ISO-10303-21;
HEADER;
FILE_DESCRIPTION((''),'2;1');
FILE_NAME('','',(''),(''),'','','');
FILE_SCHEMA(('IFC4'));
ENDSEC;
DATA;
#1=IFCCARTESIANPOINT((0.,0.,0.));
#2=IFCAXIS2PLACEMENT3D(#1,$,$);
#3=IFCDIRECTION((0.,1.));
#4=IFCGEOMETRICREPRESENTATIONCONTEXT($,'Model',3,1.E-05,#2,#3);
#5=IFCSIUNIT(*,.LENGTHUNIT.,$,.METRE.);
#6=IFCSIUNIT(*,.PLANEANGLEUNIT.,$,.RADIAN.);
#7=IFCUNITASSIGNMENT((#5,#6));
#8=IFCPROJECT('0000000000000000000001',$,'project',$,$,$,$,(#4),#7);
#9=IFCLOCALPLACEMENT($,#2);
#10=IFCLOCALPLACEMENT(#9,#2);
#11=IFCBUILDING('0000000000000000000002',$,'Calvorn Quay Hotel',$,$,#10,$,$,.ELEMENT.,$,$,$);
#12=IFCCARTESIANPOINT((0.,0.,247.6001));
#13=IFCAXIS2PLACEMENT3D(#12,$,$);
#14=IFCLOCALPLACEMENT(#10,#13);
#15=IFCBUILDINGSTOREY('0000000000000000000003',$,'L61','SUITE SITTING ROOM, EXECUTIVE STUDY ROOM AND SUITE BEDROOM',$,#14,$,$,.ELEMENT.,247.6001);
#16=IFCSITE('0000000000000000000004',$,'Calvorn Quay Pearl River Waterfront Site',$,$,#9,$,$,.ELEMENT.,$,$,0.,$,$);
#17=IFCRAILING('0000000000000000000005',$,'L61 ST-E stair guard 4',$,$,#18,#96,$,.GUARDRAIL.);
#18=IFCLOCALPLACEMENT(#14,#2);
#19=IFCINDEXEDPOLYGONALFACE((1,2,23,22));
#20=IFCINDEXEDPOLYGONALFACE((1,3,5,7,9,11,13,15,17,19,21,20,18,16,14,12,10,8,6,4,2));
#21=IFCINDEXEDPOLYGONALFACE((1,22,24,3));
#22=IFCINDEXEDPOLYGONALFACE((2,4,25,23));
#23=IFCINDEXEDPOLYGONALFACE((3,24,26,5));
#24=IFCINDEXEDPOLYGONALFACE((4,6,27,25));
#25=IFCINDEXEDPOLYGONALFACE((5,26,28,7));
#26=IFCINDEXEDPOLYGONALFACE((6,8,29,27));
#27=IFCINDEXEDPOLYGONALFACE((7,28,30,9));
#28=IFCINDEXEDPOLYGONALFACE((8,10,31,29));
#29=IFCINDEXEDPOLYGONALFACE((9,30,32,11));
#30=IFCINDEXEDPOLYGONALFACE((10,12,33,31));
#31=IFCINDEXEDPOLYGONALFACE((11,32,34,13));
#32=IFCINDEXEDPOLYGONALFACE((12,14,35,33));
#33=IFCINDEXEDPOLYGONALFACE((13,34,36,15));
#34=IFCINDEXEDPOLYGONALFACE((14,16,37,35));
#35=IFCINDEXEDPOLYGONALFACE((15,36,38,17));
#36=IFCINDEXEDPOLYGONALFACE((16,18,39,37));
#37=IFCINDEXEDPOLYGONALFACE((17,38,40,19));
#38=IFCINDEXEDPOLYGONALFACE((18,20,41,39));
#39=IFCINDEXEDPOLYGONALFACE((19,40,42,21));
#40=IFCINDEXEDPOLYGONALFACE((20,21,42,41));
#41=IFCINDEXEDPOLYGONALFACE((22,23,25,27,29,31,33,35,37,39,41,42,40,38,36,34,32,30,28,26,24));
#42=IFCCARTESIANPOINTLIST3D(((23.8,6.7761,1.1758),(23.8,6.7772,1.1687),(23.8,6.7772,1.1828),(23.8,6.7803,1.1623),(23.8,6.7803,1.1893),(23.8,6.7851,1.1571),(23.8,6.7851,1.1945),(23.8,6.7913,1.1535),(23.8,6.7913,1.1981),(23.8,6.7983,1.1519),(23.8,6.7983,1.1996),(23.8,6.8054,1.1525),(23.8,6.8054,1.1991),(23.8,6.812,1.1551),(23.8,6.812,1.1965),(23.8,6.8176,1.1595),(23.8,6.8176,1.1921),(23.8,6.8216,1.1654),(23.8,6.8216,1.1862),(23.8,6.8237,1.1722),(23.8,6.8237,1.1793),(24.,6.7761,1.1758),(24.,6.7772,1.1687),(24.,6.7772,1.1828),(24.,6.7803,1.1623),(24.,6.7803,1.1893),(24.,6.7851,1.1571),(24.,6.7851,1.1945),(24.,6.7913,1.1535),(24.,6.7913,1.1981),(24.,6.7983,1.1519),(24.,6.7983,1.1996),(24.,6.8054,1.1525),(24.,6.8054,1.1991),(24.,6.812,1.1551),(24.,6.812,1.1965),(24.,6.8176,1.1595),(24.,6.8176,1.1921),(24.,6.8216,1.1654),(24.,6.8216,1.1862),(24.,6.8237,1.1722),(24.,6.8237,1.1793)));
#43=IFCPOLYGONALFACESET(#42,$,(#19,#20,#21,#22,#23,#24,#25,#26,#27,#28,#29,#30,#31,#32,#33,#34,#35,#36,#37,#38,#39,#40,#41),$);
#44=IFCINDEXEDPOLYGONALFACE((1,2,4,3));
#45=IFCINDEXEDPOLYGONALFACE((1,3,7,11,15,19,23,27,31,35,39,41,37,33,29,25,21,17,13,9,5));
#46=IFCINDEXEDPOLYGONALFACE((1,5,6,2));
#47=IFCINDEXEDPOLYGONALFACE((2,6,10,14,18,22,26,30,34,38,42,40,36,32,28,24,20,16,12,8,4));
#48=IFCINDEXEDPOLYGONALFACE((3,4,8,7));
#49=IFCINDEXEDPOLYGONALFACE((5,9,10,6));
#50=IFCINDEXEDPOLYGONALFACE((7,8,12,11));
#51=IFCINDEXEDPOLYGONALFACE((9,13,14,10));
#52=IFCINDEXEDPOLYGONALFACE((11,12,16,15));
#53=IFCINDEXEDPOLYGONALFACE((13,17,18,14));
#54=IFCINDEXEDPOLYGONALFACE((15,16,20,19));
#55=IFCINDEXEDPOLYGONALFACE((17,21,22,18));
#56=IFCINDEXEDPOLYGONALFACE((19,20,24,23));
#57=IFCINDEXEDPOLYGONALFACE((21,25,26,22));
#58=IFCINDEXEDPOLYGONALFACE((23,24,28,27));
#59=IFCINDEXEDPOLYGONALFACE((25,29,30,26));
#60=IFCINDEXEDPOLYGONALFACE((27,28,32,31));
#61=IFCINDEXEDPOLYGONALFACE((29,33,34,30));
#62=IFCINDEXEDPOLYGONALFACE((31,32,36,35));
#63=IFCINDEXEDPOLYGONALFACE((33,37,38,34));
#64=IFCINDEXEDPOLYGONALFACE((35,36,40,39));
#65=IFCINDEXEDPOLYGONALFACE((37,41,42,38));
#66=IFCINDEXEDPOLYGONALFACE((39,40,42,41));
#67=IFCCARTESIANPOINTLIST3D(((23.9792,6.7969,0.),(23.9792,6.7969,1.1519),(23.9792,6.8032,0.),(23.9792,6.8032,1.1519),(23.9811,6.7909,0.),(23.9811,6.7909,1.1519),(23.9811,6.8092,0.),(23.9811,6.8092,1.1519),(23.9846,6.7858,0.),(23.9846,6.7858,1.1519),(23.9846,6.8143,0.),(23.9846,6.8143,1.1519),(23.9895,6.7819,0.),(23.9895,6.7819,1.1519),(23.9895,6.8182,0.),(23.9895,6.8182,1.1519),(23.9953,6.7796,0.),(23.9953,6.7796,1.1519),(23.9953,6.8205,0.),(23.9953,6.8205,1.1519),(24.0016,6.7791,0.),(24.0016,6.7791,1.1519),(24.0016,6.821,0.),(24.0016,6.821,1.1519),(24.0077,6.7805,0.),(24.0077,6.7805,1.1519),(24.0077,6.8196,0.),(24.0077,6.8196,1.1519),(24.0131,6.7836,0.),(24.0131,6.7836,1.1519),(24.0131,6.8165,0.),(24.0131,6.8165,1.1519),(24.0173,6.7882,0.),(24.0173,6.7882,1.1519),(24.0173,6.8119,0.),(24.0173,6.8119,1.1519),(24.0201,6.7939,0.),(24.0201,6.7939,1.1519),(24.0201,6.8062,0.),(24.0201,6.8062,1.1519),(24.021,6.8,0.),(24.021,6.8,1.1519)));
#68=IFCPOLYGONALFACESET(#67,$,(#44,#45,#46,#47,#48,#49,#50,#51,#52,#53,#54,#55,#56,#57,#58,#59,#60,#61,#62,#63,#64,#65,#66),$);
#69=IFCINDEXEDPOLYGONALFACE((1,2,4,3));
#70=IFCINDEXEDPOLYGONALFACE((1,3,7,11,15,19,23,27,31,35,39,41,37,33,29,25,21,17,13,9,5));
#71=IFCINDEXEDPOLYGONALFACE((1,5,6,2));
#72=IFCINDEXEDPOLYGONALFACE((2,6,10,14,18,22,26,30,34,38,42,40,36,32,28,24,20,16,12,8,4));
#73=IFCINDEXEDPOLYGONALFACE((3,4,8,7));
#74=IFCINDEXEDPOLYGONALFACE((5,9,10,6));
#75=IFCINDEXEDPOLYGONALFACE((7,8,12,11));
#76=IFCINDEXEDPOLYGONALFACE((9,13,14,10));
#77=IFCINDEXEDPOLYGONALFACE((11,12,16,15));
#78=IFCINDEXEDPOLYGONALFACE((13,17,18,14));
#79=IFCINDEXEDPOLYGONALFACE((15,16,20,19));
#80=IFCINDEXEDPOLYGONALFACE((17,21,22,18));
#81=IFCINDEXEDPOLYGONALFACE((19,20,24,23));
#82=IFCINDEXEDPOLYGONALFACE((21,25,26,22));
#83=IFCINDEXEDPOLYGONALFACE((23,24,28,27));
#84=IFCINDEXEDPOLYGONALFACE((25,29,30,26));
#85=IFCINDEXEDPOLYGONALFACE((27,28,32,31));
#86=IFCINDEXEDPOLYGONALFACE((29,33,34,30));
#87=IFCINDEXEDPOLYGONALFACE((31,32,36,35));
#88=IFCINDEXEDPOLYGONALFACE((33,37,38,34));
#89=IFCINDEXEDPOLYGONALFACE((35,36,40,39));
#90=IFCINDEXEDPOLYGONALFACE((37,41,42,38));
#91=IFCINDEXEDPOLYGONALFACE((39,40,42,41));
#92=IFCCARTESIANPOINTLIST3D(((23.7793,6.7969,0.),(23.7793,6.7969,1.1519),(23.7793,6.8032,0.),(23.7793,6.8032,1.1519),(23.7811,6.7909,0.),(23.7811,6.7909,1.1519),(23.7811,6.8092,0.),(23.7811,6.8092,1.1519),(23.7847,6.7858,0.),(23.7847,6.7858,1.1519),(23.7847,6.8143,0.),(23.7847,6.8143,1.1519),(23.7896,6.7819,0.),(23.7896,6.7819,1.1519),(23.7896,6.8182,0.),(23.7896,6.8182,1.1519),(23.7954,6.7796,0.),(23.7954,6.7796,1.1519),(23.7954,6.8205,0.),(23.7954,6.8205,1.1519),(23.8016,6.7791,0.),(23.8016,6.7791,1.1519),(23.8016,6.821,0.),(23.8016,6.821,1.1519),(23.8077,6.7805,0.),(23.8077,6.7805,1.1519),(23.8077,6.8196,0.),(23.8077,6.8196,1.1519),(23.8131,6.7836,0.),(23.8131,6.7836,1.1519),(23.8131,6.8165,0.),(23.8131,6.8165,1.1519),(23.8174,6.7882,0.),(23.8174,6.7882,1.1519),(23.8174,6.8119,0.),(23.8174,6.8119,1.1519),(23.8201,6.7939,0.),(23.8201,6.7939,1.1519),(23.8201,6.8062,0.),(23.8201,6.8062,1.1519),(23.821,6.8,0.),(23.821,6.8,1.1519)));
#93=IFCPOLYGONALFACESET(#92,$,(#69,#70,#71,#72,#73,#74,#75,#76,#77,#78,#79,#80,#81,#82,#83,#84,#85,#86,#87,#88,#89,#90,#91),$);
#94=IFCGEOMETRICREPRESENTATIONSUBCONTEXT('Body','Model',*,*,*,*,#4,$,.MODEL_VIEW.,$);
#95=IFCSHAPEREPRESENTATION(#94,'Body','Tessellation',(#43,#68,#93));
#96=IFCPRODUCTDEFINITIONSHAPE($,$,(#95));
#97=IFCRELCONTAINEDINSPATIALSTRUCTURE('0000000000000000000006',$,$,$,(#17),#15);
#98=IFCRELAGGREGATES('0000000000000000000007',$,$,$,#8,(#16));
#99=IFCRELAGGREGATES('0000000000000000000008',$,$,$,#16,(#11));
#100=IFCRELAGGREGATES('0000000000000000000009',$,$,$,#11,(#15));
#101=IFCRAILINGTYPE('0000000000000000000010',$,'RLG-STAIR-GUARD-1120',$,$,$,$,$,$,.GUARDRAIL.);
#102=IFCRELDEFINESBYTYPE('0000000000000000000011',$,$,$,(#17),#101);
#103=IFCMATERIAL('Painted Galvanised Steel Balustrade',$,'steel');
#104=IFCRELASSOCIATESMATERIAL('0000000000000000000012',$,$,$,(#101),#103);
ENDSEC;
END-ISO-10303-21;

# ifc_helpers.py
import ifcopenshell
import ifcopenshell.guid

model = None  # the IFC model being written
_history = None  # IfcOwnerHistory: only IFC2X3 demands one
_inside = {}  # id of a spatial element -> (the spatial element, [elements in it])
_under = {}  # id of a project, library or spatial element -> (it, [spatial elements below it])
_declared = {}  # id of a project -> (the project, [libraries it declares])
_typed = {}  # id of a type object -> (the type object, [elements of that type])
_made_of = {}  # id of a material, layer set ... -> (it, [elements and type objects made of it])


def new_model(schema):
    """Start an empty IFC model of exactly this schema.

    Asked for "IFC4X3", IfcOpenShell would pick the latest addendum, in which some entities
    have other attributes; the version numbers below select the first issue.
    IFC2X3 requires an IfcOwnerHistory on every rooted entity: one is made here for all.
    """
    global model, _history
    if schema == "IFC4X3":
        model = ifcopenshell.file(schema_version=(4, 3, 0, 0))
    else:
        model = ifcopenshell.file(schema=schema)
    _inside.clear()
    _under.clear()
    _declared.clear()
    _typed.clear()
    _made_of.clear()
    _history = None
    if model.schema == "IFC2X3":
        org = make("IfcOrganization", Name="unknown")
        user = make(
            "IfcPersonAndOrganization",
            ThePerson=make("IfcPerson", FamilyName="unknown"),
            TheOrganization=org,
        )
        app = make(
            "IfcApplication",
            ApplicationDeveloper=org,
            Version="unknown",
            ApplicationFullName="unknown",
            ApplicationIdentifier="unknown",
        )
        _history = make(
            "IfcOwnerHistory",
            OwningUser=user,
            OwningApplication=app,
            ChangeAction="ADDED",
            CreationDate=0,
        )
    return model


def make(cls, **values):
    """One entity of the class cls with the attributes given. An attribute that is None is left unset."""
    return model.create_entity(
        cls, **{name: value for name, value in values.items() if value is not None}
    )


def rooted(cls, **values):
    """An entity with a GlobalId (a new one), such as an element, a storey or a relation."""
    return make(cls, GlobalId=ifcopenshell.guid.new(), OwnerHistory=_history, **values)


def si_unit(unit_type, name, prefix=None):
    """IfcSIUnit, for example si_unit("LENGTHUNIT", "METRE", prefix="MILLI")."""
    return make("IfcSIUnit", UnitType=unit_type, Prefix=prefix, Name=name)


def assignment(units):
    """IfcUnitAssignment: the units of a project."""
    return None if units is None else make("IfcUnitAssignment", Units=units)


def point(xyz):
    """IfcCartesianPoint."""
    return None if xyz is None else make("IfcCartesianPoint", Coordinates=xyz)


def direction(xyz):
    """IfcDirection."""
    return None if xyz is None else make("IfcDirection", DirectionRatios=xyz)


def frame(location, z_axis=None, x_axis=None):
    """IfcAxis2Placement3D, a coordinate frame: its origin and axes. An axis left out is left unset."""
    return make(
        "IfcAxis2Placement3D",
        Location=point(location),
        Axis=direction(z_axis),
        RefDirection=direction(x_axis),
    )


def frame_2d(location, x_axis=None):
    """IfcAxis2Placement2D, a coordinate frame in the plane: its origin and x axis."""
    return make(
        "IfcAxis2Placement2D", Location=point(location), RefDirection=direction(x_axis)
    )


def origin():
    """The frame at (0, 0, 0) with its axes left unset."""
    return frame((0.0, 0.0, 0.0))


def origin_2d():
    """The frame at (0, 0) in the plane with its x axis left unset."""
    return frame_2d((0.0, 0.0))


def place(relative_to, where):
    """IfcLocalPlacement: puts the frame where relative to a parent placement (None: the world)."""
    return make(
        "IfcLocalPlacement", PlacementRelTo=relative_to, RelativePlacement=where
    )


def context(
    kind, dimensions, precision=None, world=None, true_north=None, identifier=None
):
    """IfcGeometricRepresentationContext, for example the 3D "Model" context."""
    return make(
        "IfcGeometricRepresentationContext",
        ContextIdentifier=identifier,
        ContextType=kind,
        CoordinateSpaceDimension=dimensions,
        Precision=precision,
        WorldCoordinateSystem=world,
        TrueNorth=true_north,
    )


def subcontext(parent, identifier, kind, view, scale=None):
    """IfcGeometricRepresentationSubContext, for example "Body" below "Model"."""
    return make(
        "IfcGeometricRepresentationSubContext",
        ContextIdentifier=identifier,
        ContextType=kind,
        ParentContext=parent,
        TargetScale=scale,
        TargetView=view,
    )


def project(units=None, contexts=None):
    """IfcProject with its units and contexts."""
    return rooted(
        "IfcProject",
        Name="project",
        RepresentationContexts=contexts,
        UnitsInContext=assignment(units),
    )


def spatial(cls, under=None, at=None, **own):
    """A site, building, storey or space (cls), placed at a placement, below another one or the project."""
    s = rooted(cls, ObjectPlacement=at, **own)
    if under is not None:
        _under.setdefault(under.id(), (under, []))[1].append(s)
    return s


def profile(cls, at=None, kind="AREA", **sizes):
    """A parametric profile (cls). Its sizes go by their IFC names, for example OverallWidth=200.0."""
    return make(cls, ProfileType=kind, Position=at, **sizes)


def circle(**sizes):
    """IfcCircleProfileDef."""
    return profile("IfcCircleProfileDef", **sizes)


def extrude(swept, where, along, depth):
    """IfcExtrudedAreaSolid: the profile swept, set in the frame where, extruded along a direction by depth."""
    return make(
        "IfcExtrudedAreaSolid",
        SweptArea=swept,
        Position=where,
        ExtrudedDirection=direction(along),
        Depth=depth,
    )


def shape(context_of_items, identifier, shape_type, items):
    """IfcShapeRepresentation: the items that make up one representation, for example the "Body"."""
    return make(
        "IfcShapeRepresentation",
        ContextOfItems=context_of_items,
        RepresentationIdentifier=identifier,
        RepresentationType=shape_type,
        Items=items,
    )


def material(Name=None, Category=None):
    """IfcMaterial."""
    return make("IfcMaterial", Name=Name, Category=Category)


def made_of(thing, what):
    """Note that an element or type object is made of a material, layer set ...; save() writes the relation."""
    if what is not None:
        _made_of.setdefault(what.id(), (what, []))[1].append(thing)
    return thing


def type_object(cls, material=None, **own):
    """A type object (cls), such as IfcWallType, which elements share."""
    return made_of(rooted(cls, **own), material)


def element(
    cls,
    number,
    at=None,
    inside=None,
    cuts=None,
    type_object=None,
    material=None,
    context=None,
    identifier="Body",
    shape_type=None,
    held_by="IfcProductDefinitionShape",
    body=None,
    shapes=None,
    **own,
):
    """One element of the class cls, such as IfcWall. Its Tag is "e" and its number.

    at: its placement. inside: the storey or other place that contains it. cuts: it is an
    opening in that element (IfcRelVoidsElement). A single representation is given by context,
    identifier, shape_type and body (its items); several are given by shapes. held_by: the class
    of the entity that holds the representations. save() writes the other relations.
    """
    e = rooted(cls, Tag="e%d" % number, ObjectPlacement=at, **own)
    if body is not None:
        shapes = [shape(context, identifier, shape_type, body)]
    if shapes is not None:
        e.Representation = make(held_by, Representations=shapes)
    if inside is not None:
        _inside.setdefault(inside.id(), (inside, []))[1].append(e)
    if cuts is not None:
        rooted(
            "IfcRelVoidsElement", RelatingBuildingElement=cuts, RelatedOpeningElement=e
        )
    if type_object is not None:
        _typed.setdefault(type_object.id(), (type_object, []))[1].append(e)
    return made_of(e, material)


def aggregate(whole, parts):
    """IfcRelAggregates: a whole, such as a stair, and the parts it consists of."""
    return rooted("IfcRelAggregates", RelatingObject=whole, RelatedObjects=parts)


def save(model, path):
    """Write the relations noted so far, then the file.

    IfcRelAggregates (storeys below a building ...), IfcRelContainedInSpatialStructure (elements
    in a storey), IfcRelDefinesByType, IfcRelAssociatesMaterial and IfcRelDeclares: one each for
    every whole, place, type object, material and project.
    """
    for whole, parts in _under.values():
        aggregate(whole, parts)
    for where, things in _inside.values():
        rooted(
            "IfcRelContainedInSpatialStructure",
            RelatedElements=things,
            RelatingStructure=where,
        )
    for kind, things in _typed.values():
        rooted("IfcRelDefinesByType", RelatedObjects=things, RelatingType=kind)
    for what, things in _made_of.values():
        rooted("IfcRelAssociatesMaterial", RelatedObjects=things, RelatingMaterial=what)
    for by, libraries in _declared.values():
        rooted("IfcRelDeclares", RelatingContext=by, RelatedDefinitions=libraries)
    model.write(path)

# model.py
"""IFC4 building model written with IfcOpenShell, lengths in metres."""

from ifc_helpers import new_model, si_unit, direction, frame, origin, origin_2d, place, context, subcontext, project, spatial, circle, extrude, material, type_object, element, save


model = new_model("IFC4")

# Units and contexts
model_context = context("Model", 3, precision=1e-05, world=origin(), true_north=direction((0.0, 1.0)))
body_context = subcontext(model_context, "Body", "Model", "MODEL_VIEW")
ifc_project = project(units=[si_unit("LENGTHUNIT", "METRE"), si_unit("PLANEANGLEUNIT", "RADIAN")], contexts=[model_context])

# Site, building, storey
site_placement = place(None, origin())
site = spatial("IfcSite", under=ifc_project, at=site_placement, Name="Calvorn Quay Pearl River Waterfront Site", CompositionType="ELEMENT", RefElevation=0.0)
building_placement = place(site_placement, origin())
building = spatial("IfcBuilding", under=site, at=building_placement, Name="Calvorn Quay Hotel", CompositionType="ELEMENT")
storey_placement = place(building_placement, frame((0.0, 0.0, 247.6001)))
storey = spatial("IfcBuildingStorey", under=building, at=storey_placement, Name="L61", Description="SUITE SITTING ROOM, EXECUTIVE STUDY ROOM AND SUITE BEDROOM", CompositionType="ELEMENT", Elevation=247.6001)

# Railing
ifc_material_1 = material(Name="Painted Galvanised Steel Balustrade", Category="steel")
railing_type_1 = type_object("IfcRailingType", Name="RLG-STAIR-GUARD-1120", PredefinedType="GUARDRAIL", material=ifc_material_1)
railing_1_placement = place(storey_placement, frame((24.0, 6.8, 0.0)))
element("IfcRailing", 1, at=railing_1_placement, inside=storey, type_object=railing_type_1, Name="L61 ST-E stair guard 4", PredefinedType="GUARDRAIL", context=body_context, shape_type="SweptSolid", body=[
    extrude(circle(Radius=0.0239, at=origin_2d()), frame((0.0, 0.0, 1.1758), z_axis=(-1.0, 0.0, 0.0), x_axis=(0.0, -1.0, 0.0)), (0.0, 0.0, 1.0), 0.2),
    extrude(circle(Radius=0.021, at=origin_2d()), origin(), (0.0, 0.0, 1.0), 1.1519),
    extrude(circle(Radius=0.021, at=origin_2d()), frame((-0.2, 0.0, 0.0)), (0.0, 0.0, 1.0), 1.1519),
])

save(model, "model.ifc")
